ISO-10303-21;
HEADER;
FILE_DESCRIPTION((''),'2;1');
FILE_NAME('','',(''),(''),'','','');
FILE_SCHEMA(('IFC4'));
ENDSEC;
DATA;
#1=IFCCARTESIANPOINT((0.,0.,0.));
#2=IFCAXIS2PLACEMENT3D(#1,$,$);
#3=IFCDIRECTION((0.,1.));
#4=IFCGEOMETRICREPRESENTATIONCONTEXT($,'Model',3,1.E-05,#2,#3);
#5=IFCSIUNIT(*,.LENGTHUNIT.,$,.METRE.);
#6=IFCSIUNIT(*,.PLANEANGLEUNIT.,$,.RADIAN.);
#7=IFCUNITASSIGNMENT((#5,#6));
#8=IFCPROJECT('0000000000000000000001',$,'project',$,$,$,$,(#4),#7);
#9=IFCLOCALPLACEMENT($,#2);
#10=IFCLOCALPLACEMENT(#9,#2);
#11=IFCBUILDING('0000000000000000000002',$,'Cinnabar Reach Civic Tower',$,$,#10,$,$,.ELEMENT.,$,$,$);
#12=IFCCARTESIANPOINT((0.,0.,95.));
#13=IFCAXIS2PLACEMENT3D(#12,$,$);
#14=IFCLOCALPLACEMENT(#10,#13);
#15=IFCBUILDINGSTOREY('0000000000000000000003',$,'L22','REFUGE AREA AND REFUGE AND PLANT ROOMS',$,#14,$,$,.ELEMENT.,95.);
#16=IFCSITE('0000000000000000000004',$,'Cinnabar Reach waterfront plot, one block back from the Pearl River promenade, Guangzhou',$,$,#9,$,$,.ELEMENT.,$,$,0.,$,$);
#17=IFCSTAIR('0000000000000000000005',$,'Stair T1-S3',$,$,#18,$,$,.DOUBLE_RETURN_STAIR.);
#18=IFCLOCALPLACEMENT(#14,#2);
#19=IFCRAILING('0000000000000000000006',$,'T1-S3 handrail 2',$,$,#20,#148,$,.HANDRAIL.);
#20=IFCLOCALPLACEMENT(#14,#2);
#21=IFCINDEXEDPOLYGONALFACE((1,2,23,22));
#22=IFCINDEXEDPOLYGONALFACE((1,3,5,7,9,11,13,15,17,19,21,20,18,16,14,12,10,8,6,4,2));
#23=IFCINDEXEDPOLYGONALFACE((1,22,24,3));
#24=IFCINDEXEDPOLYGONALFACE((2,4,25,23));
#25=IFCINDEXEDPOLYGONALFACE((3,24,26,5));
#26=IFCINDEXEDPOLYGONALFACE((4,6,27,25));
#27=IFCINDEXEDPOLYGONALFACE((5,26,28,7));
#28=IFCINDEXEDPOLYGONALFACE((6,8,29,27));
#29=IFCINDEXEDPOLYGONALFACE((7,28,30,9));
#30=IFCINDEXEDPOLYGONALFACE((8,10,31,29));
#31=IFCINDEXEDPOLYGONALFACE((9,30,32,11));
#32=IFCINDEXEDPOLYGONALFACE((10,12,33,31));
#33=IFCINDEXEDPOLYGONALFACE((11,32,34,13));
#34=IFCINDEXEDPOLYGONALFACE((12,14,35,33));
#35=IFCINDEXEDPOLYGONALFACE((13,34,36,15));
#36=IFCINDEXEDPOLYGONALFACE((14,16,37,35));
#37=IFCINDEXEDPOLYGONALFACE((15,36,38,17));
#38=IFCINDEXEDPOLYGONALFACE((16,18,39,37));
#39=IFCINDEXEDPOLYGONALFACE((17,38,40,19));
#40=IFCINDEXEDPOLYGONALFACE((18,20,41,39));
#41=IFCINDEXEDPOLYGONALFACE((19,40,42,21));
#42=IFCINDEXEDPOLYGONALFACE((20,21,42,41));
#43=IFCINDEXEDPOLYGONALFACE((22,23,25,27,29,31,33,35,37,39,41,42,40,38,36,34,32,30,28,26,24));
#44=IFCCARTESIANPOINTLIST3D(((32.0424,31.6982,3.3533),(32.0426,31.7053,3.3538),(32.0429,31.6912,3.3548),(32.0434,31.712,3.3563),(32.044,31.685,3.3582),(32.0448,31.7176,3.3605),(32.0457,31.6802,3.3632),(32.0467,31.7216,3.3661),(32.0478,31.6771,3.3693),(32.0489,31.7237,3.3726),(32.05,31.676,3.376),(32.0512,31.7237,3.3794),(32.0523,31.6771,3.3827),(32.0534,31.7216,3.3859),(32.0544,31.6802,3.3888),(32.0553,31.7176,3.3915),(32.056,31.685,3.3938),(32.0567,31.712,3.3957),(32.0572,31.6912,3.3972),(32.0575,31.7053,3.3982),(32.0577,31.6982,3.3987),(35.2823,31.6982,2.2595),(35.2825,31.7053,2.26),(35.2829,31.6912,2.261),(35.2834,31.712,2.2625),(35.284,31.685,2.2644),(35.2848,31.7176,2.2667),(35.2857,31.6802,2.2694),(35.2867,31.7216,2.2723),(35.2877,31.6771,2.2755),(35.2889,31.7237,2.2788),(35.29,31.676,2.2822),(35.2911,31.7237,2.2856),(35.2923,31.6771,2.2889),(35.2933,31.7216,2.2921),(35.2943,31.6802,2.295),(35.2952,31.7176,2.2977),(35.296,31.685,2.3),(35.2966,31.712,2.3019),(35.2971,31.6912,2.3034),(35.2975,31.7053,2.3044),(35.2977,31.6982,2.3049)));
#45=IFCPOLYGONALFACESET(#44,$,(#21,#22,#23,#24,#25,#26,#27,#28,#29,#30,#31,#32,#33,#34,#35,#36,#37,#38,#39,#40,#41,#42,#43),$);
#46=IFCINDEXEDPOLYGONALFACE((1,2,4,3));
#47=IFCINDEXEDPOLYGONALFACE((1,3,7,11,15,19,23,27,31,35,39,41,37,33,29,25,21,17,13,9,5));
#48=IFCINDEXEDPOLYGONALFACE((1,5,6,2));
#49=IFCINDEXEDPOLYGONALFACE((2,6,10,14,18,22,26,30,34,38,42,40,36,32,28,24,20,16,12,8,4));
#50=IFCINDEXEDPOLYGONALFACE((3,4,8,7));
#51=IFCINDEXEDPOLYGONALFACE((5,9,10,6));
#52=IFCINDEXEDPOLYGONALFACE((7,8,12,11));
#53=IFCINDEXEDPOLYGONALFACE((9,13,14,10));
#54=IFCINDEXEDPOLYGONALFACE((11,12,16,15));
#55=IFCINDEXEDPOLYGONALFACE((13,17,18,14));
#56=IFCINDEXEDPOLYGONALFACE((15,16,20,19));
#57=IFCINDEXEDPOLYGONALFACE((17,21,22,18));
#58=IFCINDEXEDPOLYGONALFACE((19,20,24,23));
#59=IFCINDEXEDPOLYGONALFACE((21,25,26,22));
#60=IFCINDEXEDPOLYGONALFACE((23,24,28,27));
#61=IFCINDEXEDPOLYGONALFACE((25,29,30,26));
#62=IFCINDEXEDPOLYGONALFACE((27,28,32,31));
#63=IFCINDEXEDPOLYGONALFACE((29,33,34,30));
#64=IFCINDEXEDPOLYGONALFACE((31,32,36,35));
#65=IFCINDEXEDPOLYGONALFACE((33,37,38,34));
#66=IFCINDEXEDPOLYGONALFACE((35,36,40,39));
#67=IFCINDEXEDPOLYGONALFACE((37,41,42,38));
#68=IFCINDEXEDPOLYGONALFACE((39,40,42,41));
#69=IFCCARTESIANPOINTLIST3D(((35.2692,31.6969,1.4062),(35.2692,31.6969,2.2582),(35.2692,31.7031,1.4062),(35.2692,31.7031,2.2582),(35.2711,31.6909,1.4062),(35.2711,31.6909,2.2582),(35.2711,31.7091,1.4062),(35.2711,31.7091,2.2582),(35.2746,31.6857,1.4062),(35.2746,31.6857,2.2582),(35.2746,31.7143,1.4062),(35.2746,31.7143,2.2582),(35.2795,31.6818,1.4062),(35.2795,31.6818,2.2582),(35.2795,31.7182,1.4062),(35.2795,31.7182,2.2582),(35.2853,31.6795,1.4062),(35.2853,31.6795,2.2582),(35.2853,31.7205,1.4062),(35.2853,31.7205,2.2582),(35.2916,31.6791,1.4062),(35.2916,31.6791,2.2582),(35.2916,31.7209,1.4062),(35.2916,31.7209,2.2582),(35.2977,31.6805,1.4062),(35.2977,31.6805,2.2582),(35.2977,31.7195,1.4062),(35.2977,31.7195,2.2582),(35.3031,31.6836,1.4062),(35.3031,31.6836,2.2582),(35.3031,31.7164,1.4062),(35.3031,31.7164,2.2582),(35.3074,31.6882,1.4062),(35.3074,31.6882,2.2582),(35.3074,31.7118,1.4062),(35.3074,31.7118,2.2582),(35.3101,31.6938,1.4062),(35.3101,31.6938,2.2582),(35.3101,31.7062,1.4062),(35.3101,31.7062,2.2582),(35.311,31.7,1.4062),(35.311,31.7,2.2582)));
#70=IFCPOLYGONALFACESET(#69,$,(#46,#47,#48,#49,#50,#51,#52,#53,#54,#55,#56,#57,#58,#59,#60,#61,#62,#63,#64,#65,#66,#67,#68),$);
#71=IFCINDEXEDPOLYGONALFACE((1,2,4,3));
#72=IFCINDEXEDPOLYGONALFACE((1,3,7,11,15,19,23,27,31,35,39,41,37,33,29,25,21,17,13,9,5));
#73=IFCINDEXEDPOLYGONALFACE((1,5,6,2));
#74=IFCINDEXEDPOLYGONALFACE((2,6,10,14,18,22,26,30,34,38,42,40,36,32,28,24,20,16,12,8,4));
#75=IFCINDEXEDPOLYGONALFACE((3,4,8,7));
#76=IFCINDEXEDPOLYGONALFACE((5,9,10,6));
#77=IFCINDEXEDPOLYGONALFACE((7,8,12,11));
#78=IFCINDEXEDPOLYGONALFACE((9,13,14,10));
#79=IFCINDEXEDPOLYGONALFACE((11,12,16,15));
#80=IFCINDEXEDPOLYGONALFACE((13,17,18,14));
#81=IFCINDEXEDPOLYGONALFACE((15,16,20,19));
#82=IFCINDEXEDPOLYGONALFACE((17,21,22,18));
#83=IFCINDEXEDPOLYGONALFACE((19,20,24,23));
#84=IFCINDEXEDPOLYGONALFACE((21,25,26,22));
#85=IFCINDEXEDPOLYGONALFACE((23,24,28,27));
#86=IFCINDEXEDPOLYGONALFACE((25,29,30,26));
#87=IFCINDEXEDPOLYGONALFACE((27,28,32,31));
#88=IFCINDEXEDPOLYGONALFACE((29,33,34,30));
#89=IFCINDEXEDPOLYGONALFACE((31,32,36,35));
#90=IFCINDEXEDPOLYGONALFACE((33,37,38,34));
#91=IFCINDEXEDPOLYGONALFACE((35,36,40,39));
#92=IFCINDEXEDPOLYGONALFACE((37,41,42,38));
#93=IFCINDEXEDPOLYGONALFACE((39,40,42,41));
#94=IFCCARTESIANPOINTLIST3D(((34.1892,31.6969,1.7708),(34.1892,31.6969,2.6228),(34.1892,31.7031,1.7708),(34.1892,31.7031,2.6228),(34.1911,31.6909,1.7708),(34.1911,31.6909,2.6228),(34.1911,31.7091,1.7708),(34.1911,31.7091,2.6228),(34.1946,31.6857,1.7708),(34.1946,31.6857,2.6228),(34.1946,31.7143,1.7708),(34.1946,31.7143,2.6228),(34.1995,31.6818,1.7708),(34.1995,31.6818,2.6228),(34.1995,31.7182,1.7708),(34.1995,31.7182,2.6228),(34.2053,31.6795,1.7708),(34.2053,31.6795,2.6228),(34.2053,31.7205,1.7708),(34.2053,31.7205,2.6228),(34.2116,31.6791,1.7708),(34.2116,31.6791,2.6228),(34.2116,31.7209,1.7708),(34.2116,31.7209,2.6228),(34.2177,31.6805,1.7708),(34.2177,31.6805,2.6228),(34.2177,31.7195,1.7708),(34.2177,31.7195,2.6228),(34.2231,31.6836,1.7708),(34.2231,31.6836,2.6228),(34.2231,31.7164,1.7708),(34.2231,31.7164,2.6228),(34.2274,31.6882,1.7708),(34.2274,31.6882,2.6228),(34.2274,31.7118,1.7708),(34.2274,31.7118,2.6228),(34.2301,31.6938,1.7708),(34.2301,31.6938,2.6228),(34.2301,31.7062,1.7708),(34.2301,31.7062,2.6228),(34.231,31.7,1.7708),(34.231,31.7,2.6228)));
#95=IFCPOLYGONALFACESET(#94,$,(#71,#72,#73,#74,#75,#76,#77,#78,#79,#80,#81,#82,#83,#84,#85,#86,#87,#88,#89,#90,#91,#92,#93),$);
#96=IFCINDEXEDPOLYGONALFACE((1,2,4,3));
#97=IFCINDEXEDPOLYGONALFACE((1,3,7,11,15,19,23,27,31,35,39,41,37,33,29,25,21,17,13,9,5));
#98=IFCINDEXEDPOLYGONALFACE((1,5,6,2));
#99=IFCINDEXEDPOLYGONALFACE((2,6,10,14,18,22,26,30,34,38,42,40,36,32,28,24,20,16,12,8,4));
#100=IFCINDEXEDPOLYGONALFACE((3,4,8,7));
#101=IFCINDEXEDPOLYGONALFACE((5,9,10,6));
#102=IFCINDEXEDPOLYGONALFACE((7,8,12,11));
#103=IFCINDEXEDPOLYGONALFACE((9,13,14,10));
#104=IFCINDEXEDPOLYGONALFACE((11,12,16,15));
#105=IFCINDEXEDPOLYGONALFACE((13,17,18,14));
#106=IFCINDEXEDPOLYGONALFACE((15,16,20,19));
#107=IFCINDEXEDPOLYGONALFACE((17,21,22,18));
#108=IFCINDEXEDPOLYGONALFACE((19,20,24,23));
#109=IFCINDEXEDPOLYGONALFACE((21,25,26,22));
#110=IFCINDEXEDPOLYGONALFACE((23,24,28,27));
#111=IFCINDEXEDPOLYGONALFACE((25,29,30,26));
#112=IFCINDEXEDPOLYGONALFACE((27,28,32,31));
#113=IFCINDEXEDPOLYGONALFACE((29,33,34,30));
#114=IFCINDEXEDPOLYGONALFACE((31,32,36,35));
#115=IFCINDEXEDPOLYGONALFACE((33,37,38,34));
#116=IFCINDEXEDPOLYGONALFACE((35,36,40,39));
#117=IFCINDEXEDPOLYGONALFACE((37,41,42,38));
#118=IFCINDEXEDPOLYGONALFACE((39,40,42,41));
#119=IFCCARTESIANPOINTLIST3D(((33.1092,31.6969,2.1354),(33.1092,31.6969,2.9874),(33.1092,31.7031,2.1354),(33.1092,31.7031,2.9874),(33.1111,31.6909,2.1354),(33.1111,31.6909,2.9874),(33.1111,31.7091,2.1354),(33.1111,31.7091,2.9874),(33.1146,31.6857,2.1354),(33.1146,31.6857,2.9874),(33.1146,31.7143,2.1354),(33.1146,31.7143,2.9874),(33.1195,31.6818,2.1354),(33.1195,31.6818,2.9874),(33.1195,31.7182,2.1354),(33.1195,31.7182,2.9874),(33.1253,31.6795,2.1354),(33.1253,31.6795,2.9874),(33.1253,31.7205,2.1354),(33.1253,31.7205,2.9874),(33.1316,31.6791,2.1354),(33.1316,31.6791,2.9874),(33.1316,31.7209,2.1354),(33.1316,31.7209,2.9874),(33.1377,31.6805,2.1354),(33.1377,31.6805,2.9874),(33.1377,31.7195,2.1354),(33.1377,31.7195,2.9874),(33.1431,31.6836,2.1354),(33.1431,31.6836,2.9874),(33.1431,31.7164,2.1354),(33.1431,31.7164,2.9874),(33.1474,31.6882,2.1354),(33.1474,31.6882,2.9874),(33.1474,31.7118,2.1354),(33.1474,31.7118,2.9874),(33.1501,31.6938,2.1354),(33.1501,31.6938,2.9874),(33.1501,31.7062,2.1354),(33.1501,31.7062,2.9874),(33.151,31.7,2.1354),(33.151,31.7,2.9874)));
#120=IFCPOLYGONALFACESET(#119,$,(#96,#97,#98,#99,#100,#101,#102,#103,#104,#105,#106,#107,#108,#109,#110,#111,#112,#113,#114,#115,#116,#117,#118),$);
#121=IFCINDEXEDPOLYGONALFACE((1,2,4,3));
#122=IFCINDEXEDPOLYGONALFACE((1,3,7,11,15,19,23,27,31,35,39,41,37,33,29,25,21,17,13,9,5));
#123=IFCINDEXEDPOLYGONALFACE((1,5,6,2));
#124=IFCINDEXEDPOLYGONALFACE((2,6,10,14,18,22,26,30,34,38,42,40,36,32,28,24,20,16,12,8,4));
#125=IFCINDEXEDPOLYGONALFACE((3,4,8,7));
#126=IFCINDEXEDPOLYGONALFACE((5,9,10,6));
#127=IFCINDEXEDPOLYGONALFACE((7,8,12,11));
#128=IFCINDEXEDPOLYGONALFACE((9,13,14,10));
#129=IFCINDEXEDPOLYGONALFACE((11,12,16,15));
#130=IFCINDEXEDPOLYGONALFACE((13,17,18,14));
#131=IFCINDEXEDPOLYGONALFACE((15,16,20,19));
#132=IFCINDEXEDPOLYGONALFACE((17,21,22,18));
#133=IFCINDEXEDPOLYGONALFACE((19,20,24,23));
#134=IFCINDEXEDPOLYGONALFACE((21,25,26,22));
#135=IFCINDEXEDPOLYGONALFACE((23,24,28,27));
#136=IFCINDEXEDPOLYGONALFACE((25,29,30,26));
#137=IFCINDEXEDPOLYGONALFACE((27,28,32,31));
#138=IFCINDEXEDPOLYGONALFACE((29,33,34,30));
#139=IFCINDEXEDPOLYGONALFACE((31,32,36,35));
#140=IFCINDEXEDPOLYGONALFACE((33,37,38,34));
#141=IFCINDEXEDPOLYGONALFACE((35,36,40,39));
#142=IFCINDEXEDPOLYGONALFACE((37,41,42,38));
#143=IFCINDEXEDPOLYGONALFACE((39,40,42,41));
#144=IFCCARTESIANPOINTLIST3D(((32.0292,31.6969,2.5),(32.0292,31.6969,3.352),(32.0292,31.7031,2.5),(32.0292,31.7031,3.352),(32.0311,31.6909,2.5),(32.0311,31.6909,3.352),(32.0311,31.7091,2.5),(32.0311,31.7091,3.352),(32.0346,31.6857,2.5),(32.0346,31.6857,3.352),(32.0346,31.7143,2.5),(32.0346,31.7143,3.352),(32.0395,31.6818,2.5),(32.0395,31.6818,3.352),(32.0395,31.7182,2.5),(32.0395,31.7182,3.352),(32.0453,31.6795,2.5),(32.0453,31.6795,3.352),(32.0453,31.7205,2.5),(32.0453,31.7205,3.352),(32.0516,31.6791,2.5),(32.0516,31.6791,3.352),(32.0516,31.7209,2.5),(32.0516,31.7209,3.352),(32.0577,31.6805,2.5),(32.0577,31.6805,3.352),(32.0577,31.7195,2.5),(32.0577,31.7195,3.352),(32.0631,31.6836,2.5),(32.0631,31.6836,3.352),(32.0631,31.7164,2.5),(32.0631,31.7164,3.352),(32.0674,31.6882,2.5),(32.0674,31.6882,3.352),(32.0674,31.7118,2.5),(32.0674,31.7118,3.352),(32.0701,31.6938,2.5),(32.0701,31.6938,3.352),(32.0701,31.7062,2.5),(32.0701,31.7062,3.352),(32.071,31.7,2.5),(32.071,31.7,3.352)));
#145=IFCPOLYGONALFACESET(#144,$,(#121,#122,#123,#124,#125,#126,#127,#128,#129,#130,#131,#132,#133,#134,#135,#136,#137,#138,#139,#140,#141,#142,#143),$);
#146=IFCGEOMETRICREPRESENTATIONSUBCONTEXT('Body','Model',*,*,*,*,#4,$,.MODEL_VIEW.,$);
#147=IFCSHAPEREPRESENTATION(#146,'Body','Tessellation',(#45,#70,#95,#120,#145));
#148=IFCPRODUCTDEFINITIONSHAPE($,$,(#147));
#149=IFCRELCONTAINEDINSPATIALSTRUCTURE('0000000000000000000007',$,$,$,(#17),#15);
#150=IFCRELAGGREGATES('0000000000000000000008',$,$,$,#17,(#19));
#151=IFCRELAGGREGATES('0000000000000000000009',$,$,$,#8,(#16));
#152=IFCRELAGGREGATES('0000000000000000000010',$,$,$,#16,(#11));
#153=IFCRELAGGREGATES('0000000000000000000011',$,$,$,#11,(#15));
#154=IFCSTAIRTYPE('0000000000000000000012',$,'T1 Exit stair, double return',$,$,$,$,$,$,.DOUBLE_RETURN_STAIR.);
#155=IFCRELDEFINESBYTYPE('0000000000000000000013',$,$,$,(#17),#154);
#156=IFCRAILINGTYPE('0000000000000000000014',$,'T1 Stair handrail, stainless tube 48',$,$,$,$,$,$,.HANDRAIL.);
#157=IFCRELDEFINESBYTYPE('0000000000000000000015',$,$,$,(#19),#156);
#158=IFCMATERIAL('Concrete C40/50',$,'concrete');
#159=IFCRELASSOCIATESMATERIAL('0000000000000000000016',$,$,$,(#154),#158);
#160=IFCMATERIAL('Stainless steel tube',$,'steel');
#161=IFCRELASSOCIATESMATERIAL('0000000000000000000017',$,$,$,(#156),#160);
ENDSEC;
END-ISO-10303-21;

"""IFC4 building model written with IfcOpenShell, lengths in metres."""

from ifc_helpers import new_model, si_unit, direction, frame, origin, origin_2d, place, context, subcontext, project, spatial, circle, extrude, material, type_object, element, aggregate, save


model = new_model("IFC4")

# Units and contexts
model_context = context("Model", 3, precision=1e-05, world=origin(), true_north=direction((0.0, 1.0)))
body_context = subcontext(model_context, "Body", "Model", "MODEL_VIEW")
ifc_project = project(units=[si_unit("LENGTHUNIT", "METRE"), si_unit("PLANEANGLEUNIT", "RADIAN")], contexts=[model_context])

# Site, building, storey
site_placement = place(None, origin())
site = spatial("IfcSite", under=ifc_project, at=site_placement, Name="Cinnabar Reach waterfront plot, one block back from the Pearl River promenade, Guangzhou", CompositionType="ELEMENT", RefElevation=0.0)
building_placement = place(site_placement, origin())
building = spatial("IfcBuilding", under=site, at=building_placement, Name="Cinnabar Reach Civic Tower", CompositionType="ELEMENT")
storey_placement = place(building_placement, frame((0.0, 0.0, 95.0)))
storey = spatial("IfcBuildingStorey", under=building, at=storey_placement, Name="L22", Description="REFUGE AREA AND REFUGE AND PLANT ROOMS", CompositionType="ELEMENT", Elevation=95.0)

# Stair, railing
ifc_material_1 = material(Name="Concrete C40/50", Category="concrete")
stair_type = type_object("IfcStairType", Name="T1 Exit stair, double return", PredefinedType="DOUBLE_RETURN_STAIR", material=ifc_material_1)
stair_placement = place(storey_placement, origin())
stair = element("IfcStair", 1, at=stair_placement, inside=storey, type_object=stair_type, Name="Stair T1-S3", PredefinedType="DOUBLE_RETURN_STAIR")
ifc_material_2 = material(Name="Stainless steel tube", Category="steel")
railing_type = type_object("IfcRailingType", Name="T1 Stair handrail, stainless tube 48", PredefinedType="HANDRAIL", material=ifc_material_2)
railing_1_placement = place(storey_placement, frame((35.29, 31.7, 1.4062)))
railing_1 = element("IfcRailing", 2, at=railing_1_placement, type_object=railing_type, Name="T1-S3 handrail 2", PredefinedType="HANDRAIL", context=body_context, shape_type="SweptSolid", body=[
    extrude(circle(Radius=0.024, at=origin_2d()), frame((0.0, 0.0, 0.876), z_axis=(-0.947466, 0.0, 0.319857), x_axis=(0.0, -1.0, 0.0)), (0.0, 0.0, 1.0), 3.4196),
    extrude(circle(Radius=0.021, at=origin_2d()), origin(), (0.0, 0.0, 1.0), 0.852),
    extrude(circle(Radius=0.021, at=origin_2d()), frame((-1.08, 0.0, 0.3646)), (0.0, 0.0, 1.0), 0.852),
    extrude(circle(Radius=0.021, at=origin_2d()), frame((-2.16, 0.0, 0.7292)), (0.0, 0.0, 1.0), 0.852),
    extrude(circle(Radius=0.021, at=origin_2d()), frame((-3.24, 0.0, 1.0938)), (0.0, 0.0, 1.0), 0.852),
])
aggregate(stair, [railing_1])

save(model, "model.ifc")
